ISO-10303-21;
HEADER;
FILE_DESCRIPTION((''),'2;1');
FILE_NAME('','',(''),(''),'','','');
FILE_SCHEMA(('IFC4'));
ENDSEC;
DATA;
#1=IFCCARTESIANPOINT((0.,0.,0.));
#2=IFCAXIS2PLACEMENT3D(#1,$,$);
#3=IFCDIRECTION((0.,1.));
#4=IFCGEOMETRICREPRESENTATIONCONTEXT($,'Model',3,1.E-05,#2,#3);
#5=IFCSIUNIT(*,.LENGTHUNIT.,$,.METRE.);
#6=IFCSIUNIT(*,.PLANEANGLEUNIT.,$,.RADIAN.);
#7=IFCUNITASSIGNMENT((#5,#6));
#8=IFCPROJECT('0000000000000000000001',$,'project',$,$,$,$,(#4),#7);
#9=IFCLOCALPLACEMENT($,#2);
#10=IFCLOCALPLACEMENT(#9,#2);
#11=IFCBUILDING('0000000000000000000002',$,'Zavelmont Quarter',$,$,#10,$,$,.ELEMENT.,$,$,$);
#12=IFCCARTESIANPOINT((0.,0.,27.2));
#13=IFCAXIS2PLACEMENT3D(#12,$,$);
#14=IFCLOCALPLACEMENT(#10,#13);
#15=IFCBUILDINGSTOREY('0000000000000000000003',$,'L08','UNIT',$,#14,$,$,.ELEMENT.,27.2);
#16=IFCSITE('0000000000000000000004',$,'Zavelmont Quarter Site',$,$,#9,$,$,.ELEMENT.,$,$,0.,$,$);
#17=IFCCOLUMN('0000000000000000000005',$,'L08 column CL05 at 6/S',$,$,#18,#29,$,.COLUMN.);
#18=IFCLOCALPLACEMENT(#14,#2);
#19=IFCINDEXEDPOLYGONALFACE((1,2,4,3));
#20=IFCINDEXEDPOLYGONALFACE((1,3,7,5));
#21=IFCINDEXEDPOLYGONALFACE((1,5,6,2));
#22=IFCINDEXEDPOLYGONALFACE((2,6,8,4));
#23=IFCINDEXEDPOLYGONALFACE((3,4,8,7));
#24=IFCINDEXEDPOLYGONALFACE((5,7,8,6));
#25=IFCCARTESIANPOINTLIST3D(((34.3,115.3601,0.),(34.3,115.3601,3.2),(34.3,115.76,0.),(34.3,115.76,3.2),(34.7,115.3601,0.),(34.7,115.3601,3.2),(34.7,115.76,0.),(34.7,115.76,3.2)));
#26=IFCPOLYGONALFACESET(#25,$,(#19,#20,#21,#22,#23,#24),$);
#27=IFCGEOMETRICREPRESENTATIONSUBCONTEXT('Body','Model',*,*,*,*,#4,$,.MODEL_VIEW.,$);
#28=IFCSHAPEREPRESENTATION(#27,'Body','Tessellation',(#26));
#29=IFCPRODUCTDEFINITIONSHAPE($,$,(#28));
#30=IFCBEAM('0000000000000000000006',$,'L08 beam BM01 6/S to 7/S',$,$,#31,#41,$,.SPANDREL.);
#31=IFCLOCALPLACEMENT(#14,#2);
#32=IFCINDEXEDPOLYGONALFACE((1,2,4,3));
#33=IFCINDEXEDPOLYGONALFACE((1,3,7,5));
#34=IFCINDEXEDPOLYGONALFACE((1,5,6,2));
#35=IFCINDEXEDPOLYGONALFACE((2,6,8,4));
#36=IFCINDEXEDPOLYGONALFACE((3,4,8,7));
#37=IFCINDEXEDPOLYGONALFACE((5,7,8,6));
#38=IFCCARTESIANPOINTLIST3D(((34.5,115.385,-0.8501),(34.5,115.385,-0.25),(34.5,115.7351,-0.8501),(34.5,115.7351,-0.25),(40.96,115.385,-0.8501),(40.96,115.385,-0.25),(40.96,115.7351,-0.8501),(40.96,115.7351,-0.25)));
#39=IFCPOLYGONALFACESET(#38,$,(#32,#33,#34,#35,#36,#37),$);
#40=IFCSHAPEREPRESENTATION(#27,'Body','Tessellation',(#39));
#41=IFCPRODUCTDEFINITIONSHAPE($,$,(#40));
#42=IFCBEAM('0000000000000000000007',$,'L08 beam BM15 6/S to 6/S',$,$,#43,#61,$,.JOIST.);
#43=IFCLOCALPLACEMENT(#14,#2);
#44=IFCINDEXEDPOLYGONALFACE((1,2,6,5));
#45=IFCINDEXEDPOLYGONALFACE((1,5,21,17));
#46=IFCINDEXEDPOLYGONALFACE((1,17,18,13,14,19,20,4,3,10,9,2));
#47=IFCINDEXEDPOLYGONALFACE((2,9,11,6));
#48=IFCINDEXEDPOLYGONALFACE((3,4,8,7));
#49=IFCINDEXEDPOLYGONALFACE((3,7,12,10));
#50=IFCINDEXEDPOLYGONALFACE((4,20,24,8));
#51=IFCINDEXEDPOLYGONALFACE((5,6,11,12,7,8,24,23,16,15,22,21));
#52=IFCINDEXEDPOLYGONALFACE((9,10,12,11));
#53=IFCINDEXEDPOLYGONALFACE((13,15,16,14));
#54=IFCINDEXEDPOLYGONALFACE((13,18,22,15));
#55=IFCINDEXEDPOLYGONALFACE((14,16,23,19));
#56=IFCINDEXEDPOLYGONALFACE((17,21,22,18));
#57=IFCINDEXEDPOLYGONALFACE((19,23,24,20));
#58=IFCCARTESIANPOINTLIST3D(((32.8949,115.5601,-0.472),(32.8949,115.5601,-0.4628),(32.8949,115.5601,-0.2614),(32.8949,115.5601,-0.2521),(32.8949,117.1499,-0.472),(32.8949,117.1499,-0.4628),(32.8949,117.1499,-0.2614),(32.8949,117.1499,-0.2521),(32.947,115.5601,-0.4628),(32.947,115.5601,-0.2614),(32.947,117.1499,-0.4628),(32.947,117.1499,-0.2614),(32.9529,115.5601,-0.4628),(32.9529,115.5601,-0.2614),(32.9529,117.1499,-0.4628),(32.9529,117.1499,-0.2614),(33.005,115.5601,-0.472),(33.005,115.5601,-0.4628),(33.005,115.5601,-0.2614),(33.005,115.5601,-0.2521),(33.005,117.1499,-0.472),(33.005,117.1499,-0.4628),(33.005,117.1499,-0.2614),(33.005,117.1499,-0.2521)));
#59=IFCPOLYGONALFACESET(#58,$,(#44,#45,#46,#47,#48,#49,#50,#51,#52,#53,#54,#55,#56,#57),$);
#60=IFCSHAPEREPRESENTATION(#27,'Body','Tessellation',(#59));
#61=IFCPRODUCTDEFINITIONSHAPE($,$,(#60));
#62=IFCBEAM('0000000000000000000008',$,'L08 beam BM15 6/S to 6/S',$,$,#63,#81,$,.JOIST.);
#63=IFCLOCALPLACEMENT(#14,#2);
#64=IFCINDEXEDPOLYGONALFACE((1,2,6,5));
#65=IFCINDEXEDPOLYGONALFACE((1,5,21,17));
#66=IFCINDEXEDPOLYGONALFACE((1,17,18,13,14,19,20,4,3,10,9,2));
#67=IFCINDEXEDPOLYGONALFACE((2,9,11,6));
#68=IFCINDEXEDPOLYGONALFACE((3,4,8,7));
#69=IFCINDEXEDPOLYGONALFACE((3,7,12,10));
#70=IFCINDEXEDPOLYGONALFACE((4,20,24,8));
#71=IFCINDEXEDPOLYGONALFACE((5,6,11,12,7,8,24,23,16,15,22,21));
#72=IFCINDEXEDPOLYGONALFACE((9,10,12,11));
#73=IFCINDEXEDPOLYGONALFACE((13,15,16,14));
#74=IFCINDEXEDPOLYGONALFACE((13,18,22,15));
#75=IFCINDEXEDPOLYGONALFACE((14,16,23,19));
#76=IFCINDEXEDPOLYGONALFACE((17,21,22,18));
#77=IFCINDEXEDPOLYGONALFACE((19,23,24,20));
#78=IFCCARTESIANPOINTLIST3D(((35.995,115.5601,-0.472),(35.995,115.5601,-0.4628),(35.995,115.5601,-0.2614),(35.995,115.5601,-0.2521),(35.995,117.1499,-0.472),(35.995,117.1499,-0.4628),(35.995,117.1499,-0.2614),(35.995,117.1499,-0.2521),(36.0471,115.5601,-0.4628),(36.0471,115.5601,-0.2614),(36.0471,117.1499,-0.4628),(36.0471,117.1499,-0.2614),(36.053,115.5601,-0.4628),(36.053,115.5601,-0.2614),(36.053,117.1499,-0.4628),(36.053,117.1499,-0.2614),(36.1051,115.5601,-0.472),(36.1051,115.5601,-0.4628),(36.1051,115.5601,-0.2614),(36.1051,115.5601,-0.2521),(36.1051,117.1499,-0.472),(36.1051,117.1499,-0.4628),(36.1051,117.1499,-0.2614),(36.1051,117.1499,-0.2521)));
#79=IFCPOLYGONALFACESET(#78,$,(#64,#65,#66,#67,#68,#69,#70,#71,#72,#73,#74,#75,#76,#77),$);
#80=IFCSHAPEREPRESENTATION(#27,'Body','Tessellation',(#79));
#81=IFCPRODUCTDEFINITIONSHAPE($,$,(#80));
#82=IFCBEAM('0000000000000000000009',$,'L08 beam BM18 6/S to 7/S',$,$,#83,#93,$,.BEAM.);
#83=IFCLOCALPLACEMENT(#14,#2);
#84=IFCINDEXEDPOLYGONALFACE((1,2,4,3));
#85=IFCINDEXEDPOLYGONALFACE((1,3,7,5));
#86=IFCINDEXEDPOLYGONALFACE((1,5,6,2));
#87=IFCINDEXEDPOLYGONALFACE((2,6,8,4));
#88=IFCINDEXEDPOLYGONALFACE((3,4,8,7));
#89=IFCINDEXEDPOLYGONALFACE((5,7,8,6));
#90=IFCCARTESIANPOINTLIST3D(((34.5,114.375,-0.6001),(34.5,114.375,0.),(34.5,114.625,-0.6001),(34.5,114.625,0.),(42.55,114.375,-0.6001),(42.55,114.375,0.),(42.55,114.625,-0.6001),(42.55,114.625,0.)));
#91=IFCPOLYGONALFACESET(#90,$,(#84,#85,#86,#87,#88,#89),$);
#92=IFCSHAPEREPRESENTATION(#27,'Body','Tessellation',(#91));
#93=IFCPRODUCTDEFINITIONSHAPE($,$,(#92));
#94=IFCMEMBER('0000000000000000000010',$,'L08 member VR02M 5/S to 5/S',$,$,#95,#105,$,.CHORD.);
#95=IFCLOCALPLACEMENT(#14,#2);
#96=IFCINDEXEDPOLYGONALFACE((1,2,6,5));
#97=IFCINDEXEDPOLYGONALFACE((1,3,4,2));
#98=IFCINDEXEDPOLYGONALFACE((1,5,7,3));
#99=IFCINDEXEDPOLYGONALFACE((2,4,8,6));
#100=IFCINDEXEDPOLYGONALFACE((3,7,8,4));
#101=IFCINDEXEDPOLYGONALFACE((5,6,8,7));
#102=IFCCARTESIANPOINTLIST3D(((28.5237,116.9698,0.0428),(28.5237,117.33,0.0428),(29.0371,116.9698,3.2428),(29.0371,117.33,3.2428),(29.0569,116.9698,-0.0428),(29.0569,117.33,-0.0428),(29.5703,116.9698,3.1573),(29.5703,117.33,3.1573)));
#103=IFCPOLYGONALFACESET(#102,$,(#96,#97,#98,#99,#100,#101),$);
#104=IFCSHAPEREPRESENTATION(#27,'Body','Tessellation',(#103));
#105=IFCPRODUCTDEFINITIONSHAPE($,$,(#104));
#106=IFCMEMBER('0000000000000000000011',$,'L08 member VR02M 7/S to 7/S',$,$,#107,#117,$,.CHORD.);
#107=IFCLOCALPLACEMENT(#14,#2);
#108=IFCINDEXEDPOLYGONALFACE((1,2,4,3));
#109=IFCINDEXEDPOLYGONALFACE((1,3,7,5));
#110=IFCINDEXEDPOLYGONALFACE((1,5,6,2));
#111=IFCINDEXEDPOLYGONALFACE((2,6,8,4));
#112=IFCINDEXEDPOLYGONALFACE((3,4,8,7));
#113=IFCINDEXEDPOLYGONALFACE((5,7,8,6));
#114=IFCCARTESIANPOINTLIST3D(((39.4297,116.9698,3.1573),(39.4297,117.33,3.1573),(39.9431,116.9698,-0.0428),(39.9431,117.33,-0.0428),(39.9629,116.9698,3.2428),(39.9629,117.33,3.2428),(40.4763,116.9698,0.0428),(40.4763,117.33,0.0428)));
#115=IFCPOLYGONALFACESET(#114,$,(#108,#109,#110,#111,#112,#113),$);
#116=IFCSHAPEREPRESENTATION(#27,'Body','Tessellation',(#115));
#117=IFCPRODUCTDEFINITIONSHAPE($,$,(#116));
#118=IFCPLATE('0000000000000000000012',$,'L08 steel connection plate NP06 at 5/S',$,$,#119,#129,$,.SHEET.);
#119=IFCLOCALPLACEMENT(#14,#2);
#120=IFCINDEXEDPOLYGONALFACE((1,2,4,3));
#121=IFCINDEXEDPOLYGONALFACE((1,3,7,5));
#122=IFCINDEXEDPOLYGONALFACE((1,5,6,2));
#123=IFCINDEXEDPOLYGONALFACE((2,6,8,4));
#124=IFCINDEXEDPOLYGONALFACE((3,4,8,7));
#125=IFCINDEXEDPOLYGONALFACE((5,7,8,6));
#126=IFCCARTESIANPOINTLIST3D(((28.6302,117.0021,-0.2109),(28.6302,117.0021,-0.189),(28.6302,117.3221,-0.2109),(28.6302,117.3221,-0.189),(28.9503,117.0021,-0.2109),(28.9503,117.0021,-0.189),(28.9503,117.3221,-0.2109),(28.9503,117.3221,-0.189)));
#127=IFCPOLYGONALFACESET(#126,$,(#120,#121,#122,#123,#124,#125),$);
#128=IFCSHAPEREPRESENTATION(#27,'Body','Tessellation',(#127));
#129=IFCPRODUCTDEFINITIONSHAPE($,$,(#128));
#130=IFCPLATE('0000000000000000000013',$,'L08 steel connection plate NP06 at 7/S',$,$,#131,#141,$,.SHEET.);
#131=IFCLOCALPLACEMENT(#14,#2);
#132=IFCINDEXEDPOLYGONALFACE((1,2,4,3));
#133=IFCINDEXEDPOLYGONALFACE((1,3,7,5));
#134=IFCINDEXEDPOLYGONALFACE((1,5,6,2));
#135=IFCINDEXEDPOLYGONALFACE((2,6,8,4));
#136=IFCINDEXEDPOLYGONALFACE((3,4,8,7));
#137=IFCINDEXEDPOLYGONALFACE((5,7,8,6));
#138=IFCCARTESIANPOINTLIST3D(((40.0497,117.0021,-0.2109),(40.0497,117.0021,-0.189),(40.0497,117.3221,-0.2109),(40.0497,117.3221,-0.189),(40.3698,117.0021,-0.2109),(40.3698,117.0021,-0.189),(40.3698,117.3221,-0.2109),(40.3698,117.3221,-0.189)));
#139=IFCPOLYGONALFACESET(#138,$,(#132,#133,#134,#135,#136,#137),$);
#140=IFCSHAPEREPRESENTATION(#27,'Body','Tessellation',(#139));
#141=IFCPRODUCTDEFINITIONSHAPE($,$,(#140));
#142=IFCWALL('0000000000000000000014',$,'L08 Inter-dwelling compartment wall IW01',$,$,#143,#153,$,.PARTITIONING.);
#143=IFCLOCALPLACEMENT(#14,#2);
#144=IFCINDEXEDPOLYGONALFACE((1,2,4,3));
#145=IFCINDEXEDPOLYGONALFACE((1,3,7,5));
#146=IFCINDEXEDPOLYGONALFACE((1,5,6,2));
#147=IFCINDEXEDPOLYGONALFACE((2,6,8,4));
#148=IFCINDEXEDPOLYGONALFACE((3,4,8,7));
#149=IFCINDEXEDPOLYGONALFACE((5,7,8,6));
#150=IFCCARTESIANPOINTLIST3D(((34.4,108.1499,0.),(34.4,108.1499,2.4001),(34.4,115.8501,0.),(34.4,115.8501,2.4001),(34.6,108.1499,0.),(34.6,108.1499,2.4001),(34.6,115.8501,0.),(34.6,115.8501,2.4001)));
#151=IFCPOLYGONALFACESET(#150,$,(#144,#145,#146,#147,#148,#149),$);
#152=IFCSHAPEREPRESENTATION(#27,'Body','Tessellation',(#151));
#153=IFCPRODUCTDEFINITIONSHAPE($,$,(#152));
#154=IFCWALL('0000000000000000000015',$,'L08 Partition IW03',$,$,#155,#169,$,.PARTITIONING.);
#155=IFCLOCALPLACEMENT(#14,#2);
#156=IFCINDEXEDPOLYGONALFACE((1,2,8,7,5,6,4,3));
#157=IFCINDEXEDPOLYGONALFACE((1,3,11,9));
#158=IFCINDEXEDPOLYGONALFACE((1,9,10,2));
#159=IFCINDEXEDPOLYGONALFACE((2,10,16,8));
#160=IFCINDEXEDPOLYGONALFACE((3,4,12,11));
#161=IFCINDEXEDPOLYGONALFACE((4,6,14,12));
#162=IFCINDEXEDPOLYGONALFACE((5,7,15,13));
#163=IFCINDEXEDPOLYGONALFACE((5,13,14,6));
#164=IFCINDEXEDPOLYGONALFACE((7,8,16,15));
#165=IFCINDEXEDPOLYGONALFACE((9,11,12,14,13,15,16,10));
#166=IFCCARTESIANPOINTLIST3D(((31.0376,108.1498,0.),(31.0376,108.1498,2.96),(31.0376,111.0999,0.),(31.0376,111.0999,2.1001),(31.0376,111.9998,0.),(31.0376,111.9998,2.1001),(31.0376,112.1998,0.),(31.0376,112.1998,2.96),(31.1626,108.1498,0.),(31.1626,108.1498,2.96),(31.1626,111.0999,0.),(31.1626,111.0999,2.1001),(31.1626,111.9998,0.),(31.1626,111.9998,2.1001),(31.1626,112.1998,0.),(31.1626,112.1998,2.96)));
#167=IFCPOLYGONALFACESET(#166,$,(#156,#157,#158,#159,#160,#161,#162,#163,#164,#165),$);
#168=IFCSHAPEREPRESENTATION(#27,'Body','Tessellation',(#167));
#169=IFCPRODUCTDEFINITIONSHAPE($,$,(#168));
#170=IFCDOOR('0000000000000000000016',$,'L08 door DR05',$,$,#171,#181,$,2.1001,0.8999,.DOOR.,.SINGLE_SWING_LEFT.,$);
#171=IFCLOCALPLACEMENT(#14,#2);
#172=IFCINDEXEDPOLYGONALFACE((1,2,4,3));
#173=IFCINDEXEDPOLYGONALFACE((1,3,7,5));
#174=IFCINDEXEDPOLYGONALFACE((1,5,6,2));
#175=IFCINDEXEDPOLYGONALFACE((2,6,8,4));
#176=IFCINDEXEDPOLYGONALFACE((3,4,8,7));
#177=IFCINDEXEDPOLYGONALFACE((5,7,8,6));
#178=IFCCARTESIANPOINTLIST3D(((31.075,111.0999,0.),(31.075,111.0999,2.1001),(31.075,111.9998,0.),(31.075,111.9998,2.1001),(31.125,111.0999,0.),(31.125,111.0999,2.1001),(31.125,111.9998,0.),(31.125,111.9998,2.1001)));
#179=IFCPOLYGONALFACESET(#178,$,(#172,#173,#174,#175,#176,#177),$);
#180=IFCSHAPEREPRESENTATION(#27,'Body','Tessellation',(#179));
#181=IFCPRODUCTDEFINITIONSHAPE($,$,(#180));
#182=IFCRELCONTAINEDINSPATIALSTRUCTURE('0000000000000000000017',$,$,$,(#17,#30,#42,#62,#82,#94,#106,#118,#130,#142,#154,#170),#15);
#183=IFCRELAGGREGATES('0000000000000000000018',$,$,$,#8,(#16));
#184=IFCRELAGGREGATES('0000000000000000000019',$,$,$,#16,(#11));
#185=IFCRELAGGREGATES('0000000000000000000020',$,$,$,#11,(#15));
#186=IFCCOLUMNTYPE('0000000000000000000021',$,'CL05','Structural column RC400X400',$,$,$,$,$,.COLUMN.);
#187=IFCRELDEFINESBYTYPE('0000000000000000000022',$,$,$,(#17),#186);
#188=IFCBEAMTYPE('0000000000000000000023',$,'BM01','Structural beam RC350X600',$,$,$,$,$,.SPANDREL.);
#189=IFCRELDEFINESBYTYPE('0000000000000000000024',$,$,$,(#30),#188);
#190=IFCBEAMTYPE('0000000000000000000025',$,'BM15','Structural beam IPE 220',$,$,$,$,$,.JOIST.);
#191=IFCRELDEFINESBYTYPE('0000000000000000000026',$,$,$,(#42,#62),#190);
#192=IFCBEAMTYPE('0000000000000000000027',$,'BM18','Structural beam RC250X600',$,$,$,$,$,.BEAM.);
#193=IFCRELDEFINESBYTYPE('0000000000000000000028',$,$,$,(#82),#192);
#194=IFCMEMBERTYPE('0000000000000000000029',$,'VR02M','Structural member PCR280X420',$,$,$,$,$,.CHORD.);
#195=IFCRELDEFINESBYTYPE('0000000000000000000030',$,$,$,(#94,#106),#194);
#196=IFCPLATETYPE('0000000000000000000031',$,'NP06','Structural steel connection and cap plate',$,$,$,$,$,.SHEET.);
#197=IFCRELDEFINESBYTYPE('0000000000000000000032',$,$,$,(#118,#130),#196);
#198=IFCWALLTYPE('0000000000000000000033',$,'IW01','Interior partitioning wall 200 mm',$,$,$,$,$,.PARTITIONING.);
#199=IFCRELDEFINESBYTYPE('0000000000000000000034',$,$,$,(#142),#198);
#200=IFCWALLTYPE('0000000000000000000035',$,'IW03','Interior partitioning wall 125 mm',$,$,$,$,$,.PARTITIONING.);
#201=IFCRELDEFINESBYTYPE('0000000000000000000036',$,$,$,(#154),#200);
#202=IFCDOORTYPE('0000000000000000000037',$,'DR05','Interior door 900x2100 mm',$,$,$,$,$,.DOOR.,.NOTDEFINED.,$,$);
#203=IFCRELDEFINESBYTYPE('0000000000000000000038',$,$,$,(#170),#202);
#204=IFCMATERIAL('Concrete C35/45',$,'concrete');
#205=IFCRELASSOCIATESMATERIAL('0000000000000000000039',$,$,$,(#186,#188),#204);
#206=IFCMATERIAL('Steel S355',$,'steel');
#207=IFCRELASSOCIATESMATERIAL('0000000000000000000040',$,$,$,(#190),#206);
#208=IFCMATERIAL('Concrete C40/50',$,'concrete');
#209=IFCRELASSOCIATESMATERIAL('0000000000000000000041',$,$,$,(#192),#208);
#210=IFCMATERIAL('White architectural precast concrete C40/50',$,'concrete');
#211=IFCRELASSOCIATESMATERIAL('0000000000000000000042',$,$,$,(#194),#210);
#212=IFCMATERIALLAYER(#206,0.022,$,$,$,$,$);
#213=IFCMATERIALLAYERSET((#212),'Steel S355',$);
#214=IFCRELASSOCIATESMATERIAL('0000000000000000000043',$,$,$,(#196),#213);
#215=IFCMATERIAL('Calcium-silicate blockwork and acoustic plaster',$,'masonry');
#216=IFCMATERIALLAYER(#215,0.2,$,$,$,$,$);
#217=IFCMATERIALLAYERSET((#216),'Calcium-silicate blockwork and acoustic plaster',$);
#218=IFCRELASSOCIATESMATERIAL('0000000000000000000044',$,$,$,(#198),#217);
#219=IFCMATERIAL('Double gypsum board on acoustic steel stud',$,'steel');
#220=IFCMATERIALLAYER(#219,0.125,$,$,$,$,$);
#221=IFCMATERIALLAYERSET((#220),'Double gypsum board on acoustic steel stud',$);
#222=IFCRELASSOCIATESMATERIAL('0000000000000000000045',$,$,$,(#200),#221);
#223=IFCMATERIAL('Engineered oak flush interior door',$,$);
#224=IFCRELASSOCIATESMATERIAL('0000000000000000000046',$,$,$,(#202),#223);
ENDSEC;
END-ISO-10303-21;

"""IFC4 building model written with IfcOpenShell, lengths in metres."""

from ifc_helpers import new_model, si_unit, direction, frame, frame_2d, origin, origin_2d, place, context, subcontext, project, spatial, rectangle, i_section, extrude, material, layer, layer_set, material_profile, profile_set, type_object, element, fill, save


model = new_model("IFC4")

# Units and contexts
model_context = context("Model", 3, precision=1e-05, world=origin(), true_north=direction((0.0, 1.0)))
body_context = subcontext(model_context, "Body", "Model", "MODEL_VIEW")
ifc_project = project(units=[si_unit("LENGTHUNIT", "METRE"), si_unit("PLANEANGLEUNIT", "RADIAN")], contexts=[model_context])

# Site, building, storey
site_placement = place(None, origin())
site = spatial("IfcSite", under=ifc_project, at=site_placement, Name="Zavelmont Quarter Site", CompositionType="ELEMENT", RefElevation=0.0)
building_placement = place(site_placement, origin())
building = spatial("IfcBuilding", under=site, at=building_placement, Name="Zavelmont Quarter", CompositionType="ELEMENT")
storey_placement = place(building_placement, frame((0.0, 0.0, 27.2)))
storey = spatial("IfcBuildingStorey", under=building, at=storey_placement, Name="L08", Description="UNIT", CompositionType="ELEMENT", Elevation=27.2)

# Column
ifc_material_1 = material(Name="Concrete C35/45", Category="concrete")
ifc_material_profile_1 = material_profile(ifc_material_1, rectangle(XDim=0.3999, YDim=0.3999, at=origin_2d()), Name="RC400X400")
ifc_profile_set_1 = profile_set([ifc_material_profile_1], Name="Concrete C35/45")
column_type = type_object("IfcColumnType", Name="CL05", Description="Structural column RC400X400", PredefinedType="COLUMN", material=ifc_profile_set_1)
column_placement = place(storey_placement, frame((34.5, 115.5601, 0.0), z_axis=(0.0, 0.0, 1.0), x_axis=(1.0, 0.0, 0.0)))
element("IfcColumn", 1, at=column_placement, inside=storey, type_object=column_type, Name="L08 column CL05 at 6/S", PredefinedType="COLUMN", context=body_context, shape_type="SweptSolid", body=[
    extrude(rectangle(XDim=0.3999, YDim=0.3999, at=origin_2d()), origin(), (0.0, 0.0, 1.0), 3.2),
])

# Beams
ifc_material_profile_2 = material_profile(ifc_material_1, rectangle(XDim=0.3501, YDim=0.6001, at=origin_2d()), Name="RC350X600")
ifc_profile_set_2 = profile_set([ifc_material_profile_2], Name="Concrete C35/45")
beam_type_1 = type_object("IfcBeamType", Name="BM01", Description="Structural beam RC350X600", PredefinedType="SPANDREL", material=ifc_profile_set_2)
beam_1_placement = place(storey_placement, frame((34.5, 115.5601, -0.55), z_axis=(1.0, 0.0, 0.0), x_axis=(0.0, 1.0, 0.0)))
element("IfcBeam", 2, at=beam_1_placement, inside=storey, type_object=beam_type_1, Name="L08 beam BM01 6/S to 7/S", PredefinedType="SPANDREL", context=body_context, shape_type="SweptSolid", body=[
    extrude(rectangle(XDim=0.3501, YDim=0.6001, at=origin_2d()), origin(), (0.0, 0.0, 1.0), 6.46),
])
ifc_material_2 = material(Name="Steel S355", Category="steel")
ifc_material_profile_3 = material_profile(ifc_material_2, i_section(OverallWidth=0.1101, OverallDepth=0.22, WebThickness=0.0059, FlangeThickness=0.0093, at=origin_2d()), Name="IPE 220")
ifc_profile_set_3 = profile_set([ifc_material_profile_3], Name="Steel S355")
beam_type_2 = type_object("IfcBeamType", Name="BM15", Description="Structural beam IPE 220", PredefinedType="JOIST", material=ifc_profile_set_3)
for number, where, z_axis, x_axis, name in (
    (3, (32.95, 115.5601, -0.3621), (0.0, 1.0, 0.0), (-1.0, 0.0, 0.0), "L08 beam BM15 6/S to 6/S"),
    (4, (36.05, 115.5601, -0.3621), (0.0, 1.0, 0.0), (-1.0, 0.0, 0.0), "L08 beam BM15 6/S to 6/S"),
):
    element("IfcBeam", number, at=place(storey_placement, frame(where, z_axis=z_axis, x_axis=x_axis)), inside=storey, type_object=beam_type_2, Name=name, PredefinedType="JOIST", context=body_context, shape_type="SweptSolid", body=[
        extrude(i_section(OverallWidth=0.1101, OverallDepth=0.22, WebThickness=0.0059, FlangeThickness=0.0093, at=origin_2d()), origin(), (0.0, 0.0, 1.0), 1.5898),
    ])
ifc_material_3 = material(Name="Concrete C40/50", Category="concrete")
ifc_material_profile_4 = material_profile(ifc_material_3, rectangle(XDim=0.25, YDim=0.6001, at=origin_2d()), Name="RC250X600")
ifc_profile_set_4 = profile_set([ifc_material_profile_4], Name="Concrete C40/50")
beam_type_3 = type_object("IfcBeamType", Name="BM18", Description="Structural beam RC250X600", PredefinedType="BEAM", material=ifc_profile_set_4)
beam_2_placement = place(storey_placement, frame((34.5, 114.5, -0.3), z_axis=(1.0, 0.0, 0.0), x_axis=(0.0, 1.0, 0.0)))
element("IfcBeam", 5, at=beam_2_placement, inside=storey, type_object=beam_type_3, Name="L08 beam BM18 6/S to 7/S", PredefinedType="BEAM", context=body_context, shape_type="SweptSolid", body=[
    extrude(rectangle(XDim=0.25, YDim=0.6001, at=origin_2d()), origin(), (0.0, 0.0, 1.0), 8.05),
])

# Members
ifc_material_4 = material(Name="White architectural precast concrete C40/50", Category="concrete")
ifc_material_profile_5 = material_profile(ifc_material_4, rectangle(XDim=0.3601, YDim=0.54, at=origin_2d()), Name="PCR280X420")
ifc_profile_set_5 = profile_set([ifc_material_profile_5], Name="White architectural precast concrete C40/50")
member_type = type_object("IfcMemberType", Name="VR02M", Description="Structural member PCR280X420", PredefinedType="CHORD", material=ifc_profile_set_5)
for number, where, z_axis, x_axis, name in (
    (6, (28.7903, 117.1499, 0.0), (0.158422, 0.0, 0.987371), (0.0, 1.0, 0.0), "L08 member VR02M 5/S to 5/S"),
    (7, (40.2097, 117.1499, 0.0), (-0.158422, 0.0, 0.987371), (0.0, -1.0, 0.0), "L08 member VR02M 7/S to 7/S"),
):
    element("IfcMember", number, at=place(storey_placement, frame(where, z_axis=z_axis, x_axis=x_axis)), inside=storey, type_object=member_type, Name=name, PredefinedType="CHORD", context=body_context, shape_type="SweptSolid", body=[
        extrude(rectangle(XDim=0.3601, YDim=0.54, at=origin_2d()), origin(), (0.0, 0.0, 1.0), 3.241),
    ])

# Plates
ifc_layer_1 = layer(ifc_material_2, 0.022)
ifc_layer_set_1 = layer_set([ifc_layer_1], Name="Steel S355")
plate_type = type_object("IfcPlateType", Name="NP06", Description="Structural steel connection and cap plate", PredefinedType="SHEET", material=ifc_layer_set_1)
for number, where, z_axis, x_axis, name in (
    (8, (28.7903, 117.1621, -0.2109), (0.0, 0.0, 1.0), (1.0, 0.0, 0.0), "L08 steel connection plate NP06 at 5/S"),
    (9, (40.2097, 117.1621, -0.2109), (0.0, 0.0, 1.0), (1.0, 0.0, 0.0), "L08 steel connection plate NP06 at 7/S"),
):
    element("IfcPlate", number, at=place(storey_placement, frame(where, z_axis=z_axis, x_axis=x_axis)), inside=storey, type_object=plate_type, Name=name, PredefinedType="SHEET", context=body_context, shape_type="SweptSolid", body=[
        extrude(rectangle(XDim=0.3201, YDim=0.3201, at=origin_2d()), origin(), (0.0, 0.0, 1.0), 0.022),
    ])

# Wall
ifc_material_5 = material(Name="Calcium-silicate blockwork and acoustic plaster", Category="masonry")
ifc_layer_2 = layer(ifc_material_5, 0.2)
ifc_layer_set_2 = layer_set([ifc_layer_2], Name="Calcium-silicate blockwork and acoustic plaster")
wall_type_1 = type_object("IfcWallType", Name="IW01", Description="Interior partitioning wall 200 mm", PredefinedType="PARTITIONING", material=ifc_layer_set_2)
wall_1_placement = place(storey_placement, frame((34.5, 108.1499, 0.0), z_axis=(0.0, 0.0, 1.0), x_axis=(0.0, 1.0, 0.0)))
element("IfcWall", 10, at=wall_1_placement, inside=storey, type_object=wall_type_1, Name="L08 Inter-dwelling compartment wall IW01", PredefinedType="PARTITIONING", context=body_context, shape_type="SweptSolid", body=[
    extrude(rectangle(XDim=7.7002, YDim=0.2, at=frame_2d((3.8501, 0.0))), origin(), (0.0, 0.0, 1.0), 2.4001),
])

# Wall, opening, door
ifc_material_6 = material(Name="Double gypsum board on acoustic steel stud", Category="steel")
ifc_layer_3 = layer(ifc_material_6, 0.125)
ifc_layer_set_3 = layer_set([ifc_layer_3], Name="Double gypsum board on acoustic steel stud")
wall_type_2 = type_object("IfcWallType", Name="IW03", Description="Interior partitioning wall 125 mm", PredefinedType="PARTITIONING", material=ifc_layer_set_3)
wall_2_placement = place(storey_placement, frame((31.1001, 108.1499, 0.0), z_axis=(0.0, 0.0, 1.0), x_axis=(0.0, 1.0, 0.0)))
wall_2 = element("IfcWall", 11, at=wall_2_placement, inside=storey, type_object=wall_type_2, Name="L08 Partition IW03", PredefinedType="PARTITIONING", context=body_context, shape_type="SweptSolid", body=[
    extrude(rectangle(XDim=4.05, YDim=0.125, at=frame_2d((2.0249, 0.0))), origin(), (0.0, 0.0, 1.0), 2.96),
])
opening_1_placement = place(wall_2_placement, frame((2.95, 0.0, 0.0)))
opening_1 = element("IfcOpeningElement", 12, at=opening_1_placement, cuts=wall_2, PredefinedType="OPENING", context=body_context, shape_type="SweptSolid", body=[
    extrude(rectangle(XDim=0.8999, YDim=2.1001, at=frame_2d((0.45, 1.05))), frame((0.0, 0.0745, 0.0), z_axis=(0.0, -1.0, 0.0), x_axis=(1.0, 0.0, 0.0)), (0.0, 0.0, 1.0), 0.1489),
])
ifc_material_7 = material(Name="Engineered oak flush interior door")
door_type_1 = type_object("IfcDoorType", Name="DR05", Description="Interior door 900x2100 mm", OperationType="NOTDEFINED", PredefinedType="DOOR", material=ifc_material_7)
door_1_placement = place(opening_1_placement, frame((0.8999, 0.0, 0.0), z_axis=(0.0, 0.0, 1.0), x_axis=(-1.0, 0.0, 0.0)))
door_1 = element("IfcDoor", 13, at=door_1_placement, inside=storey, type_object=door_type_1, Name="L08 door DR05", OperationType="SINGLE_SWING_LEFT", OverallHeight=2.1001, OverallWidth=0.8999, PredefinedType="DOOR", context=body_context, shape_type="SweptSolid", body=[
    extrude(rectangle(XDim=0.8999, YDim=2.1001, at=frame_2d((0.45, 1.05))), frame((0.0, 0.0249, 0.0), z_axis=(0.0, -1.0, 0.0), x_axis=(1.0, 0.0, 0.0)), (0.0, 0.0, 1.0), 0.05),
])
fill(opening_1, door_1)

save(model, "model.ifc")
